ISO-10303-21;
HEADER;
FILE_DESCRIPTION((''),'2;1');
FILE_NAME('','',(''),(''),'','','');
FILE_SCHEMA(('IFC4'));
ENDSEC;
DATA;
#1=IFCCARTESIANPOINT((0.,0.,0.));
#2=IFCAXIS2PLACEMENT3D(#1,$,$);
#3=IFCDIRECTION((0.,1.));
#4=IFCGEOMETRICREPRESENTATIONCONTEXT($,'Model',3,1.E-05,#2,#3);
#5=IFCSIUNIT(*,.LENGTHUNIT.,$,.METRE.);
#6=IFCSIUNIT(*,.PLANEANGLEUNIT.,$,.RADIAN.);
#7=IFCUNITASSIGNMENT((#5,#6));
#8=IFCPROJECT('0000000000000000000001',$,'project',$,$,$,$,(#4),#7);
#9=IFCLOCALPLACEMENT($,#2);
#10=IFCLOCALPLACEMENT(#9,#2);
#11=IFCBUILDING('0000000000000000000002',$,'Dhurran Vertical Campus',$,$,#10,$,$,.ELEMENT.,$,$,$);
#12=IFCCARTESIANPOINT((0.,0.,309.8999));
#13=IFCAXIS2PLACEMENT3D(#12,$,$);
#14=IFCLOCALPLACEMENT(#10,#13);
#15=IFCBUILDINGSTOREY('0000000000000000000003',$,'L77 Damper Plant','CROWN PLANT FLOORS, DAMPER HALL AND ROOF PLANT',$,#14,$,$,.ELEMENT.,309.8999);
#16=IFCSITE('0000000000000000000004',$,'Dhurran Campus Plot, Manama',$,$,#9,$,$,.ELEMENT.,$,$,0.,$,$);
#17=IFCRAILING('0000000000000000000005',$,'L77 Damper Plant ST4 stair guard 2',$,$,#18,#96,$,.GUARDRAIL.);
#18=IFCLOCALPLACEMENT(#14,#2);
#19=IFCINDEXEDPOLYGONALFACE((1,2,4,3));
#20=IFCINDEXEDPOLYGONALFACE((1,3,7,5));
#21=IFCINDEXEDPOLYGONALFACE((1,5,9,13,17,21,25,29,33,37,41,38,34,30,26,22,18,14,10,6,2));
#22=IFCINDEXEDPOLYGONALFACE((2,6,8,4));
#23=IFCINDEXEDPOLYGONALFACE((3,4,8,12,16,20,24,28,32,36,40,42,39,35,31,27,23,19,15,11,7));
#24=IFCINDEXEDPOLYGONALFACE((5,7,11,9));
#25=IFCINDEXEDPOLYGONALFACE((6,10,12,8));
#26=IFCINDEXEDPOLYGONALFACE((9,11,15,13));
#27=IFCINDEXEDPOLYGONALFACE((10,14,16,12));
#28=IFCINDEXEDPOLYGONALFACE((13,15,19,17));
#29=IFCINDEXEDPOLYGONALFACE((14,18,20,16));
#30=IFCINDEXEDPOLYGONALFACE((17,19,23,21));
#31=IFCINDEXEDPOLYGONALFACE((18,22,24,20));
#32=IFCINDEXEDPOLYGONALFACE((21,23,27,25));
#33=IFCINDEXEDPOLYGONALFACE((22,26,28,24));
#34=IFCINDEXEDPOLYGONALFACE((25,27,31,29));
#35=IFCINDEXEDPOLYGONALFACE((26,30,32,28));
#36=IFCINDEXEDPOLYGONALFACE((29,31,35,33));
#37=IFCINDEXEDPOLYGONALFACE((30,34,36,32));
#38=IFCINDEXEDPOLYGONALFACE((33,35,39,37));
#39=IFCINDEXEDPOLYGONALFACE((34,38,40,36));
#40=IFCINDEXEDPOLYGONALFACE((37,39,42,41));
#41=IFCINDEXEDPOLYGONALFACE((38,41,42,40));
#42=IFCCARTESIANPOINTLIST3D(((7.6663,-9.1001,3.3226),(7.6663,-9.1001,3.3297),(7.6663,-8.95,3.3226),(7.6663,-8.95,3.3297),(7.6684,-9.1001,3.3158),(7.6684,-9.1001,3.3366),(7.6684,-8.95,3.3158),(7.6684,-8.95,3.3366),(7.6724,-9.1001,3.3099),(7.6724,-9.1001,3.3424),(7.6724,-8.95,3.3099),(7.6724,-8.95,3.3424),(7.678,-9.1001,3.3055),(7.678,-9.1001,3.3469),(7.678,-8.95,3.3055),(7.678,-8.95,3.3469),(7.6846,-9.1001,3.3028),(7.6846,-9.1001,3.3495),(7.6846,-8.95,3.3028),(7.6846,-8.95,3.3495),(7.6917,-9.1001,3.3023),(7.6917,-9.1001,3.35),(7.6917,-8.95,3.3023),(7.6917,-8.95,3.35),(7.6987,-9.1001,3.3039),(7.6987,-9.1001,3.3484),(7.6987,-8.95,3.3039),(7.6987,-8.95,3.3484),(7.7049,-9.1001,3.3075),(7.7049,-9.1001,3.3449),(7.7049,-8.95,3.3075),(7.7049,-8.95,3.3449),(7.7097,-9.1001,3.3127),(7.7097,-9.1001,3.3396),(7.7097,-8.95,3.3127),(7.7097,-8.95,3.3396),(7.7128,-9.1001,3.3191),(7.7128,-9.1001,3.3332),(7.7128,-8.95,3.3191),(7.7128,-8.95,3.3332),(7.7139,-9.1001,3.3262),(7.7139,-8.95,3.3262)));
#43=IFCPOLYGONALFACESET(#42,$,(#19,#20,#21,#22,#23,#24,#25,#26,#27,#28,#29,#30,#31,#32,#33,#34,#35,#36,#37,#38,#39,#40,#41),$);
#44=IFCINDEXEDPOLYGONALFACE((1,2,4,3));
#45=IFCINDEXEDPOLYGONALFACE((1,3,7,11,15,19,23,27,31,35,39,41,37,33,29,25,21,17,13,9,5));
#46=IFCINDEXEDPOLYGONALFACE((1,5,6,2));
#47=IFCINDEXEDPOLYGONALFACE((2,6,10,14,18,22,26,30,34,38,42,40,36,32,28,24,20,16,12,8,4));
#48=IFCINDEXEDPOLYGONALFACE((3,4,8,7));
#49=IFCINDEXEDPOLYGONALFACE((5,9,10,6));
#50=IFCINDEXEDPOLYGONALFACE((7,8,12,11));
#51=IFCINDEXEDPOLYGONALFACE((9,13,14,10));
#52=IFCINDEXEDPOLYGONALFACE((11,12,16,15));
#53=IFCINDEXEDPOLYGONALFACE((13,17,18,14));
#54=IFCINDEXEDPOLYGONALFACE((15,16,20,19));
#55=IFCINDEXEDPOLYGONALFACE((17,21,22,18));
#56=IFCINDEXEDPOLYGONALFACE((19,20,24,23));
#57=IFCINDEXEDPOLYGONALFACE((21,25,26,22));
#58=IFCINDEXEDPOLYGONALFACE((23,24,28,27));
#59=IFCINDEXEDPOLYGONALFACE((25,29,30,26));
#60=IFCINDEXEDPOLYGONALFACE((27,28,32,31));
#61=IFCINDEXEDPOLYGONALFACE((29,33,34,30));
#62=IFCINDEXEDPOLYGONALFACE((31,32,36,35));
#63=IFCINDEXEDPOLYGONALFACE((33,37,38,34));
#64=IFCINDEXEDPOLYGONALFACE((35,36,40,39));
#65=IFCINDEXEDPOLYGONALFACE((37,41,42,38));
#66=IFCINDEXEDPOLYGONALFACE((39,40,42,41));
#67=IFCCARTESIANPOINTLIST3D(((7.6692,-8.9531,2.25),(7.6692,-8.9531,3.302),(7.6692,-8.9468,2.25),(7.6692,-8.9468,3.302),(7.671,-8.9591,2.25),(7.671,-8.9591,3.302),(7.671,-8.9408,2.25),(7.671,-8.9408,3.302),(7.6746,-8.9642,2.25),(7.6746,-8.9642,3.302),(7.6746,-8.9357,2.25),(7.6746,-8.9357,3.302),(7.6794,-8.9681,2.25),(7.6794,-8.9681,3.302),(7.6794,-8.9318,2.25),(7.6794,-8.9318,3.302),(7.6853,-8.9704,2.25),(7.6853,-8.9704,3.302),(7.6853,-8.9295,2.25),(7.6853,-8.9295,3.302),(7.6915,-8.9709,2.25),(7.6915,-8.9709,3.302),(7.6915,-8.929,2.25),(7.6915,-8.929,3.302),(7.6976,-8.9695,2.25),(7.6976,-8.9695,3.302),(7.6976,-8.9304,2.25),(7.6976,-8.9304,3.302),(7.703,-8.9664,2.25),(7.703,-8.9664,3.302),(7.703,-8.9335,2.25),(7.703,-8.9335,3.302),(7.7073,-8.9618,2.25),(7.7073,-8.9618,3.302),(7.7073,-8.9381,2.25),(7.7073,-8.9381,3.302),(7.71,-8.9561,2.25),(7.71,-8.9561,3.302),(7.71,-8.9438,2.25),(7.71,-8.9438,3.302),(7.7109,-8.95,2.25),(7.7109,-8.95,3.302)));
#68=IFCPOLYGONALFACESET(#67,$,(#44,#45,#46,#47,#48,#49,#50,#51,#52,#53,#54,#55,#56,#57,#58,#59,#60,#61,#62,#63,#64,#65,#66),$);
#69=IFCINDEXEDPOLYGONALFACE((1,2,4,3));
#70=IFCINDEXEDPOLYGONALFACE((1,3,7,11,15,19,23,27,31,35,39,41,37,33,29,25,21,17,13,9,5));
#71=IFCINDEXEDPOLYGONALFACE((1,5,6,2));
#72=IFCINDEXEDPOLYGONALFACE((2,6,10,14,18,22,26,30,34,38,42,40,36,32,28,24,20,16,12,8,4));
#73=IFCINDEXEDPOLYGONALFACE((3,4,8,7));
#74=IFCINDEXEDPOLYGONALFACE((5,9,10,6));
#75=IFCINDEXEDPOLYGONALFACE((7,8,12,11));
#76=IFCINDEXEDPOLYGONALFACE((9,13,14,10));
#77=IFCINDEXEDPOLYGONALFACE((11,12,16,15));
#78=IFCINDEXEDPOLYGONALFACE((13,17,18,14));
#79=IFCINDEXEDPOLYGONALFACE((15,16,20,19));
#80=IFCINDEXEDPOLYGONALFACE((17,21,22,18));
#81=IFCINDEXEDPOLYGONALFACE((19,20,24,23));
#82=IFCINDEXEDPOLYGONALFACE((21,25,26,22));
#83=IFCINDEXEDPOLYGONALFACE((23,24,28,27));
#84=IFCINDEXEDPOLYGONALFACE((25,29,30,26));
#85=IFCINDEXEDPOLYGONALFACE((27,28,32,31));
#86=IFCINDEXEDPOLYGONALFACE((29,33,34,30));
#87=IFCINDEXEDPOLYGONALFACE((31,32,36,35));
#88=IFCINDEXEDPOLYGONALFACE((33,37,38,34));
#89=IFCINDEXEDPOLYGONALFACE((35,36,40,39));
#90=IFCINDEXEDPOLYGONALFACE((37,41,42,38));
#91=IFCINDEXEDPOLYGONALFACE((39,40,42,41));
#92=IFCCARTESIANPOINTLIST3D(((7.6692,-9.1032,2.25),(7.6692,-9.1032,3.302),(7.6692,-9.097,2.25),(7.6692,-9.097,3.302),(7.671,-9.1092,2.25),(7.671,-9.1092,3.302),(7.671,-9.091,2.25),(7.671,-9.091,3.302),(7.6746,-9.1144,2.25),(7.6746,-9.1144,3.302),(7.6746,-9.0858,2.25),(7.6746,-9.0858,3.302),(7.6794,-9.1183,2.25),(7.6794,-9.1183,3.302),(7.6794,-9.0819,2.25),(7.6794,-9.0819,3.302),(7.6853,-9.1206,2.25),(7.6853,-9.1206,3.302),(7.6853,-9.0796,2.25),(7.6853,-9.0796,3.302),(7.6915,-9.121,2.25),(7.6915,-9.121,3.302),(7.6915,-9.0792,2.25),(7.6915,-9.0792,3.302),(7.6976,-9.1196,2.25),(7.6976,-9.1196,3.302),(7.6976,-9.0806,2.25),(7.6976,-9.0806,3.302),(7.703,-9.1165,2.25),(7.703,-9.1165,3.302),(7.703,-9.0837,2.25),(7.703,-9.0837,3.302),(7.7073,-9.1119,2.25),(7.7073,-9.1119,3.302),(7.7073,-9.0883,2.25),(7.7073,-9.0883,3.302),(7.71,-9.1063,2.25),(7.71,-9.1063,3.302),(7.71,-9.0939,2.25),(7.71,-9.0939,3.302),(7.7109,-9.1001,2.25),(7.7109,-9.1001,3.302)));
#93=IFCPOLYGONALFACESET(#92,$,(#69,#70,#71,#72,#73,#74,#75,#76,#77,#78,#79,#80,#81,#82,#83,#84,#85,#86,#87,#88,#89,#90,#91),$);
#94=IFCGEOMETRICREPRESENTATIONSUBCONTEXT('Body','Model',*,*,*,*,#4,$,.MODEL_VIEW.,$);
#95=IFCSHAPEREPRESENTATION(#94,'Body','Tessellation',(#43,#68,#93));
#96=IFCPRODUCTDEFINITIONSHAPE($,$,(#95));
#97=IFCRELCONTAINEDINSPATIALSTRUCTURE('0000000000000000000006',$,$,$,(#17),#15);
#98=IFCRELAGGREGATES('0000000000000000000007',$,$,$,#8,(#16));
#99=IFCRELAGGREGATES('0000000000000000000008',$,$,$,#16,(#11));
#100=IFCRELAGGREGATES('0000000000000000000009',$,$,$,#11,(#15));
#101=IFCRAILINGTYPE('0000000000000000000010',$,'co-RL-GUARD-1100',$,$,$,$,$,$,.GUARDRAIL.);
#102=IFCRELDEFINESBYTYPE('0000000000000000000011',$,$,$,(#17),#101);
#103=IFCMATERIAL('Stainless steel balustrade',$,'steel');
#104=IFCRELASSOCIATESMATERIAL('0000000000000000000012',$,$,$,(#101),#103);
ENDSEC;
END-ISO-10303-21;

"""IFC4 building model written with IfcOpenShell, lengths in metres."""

from ifc_helpers import new_model, si_unit, direction, frame, origin, origin_2d, place, context, subcontext, project, spatial, circle, extrude, material, type_object, element, save


model = new_model("IFC4")

# Units and contexts
model_context = context("Model", 3, precision=1e-05, world=origin(), true_north=direction((0.0, 1.0)))
body_context = subcontext(model_context, "Body", "Model", "MODEL_VIEW")
ifc_project = project(units=[si_unit("LENGTHUNIT", "METRE"), si_unit("PLANEANGLEUNIT", "RADIAN")], contexts=[model_context])

# Site, building, storey
site_placement = place(None, origin())
site = spatial("IfcSite", under=ifc_project, at=site_placement, Name="Dhurran Campus Plot, Manama", CompositionType="ELEMENT", RefElevation=0.0)
building_placement = place(site_placement, origin())
building = spatial("IfcBuilding", under=site, at=building_placement, Name="Dhurran Vertical Campus", CompositionType="ELEMENT")
storey_placement = place(building_placement, frame((0.0, 0.0, 309.8999)))
storey = spatial("IfcBuildingStorey", under=building, at=storey_placement, Name="L77 Damper Plant", Description="CROWN PLANT FLOORS, DAMPER HALL AND ROOF PLANT", CompositionType="ELEMENT", Elevation=309.8999)

# Railing
ifc_material_1 = material(Name="Stainless steel balustrade", Category="steel")
railing_type = type_object("IfcRailingType", Name="co-RL-GUARD-1100", PredefinedType="GUARDRAIL", material=ifc_material_1)
railing_1_placement = place(storey_placement, frame((7.6899, -8.95, 2.25)))
element("IfcRailing", 1, at=railing_1_placement, inside=storey, type_object=railing_type, Name="L77 Damper Plant ST4 stair guard 2", PredefinedType="GUARDRAIL", context=body_context, shape_type="SweptSolid", body=[
    extrude(circle(Radius=0.0239, at=origin_2d()), frame((0.0, 0.0, 1.0762), z_axis=(0.0, -1.0, 0.0), x_axis=(1.0, 0.0, 0.0)), (0.0, 0.0, 1.0), 0.1501),
    extrude(circle(Radius=0.021, at=origin_2d()), origin(), (0.0, 0.0, 1.0), 1.052),
    extrude(circle(Radius=0.021, at=origin_2d()), frame((0.0, -0.1501, 0.0)), (0.0, 0.0, 1.0), 1.052),
])

save(model, "model.ifc")
